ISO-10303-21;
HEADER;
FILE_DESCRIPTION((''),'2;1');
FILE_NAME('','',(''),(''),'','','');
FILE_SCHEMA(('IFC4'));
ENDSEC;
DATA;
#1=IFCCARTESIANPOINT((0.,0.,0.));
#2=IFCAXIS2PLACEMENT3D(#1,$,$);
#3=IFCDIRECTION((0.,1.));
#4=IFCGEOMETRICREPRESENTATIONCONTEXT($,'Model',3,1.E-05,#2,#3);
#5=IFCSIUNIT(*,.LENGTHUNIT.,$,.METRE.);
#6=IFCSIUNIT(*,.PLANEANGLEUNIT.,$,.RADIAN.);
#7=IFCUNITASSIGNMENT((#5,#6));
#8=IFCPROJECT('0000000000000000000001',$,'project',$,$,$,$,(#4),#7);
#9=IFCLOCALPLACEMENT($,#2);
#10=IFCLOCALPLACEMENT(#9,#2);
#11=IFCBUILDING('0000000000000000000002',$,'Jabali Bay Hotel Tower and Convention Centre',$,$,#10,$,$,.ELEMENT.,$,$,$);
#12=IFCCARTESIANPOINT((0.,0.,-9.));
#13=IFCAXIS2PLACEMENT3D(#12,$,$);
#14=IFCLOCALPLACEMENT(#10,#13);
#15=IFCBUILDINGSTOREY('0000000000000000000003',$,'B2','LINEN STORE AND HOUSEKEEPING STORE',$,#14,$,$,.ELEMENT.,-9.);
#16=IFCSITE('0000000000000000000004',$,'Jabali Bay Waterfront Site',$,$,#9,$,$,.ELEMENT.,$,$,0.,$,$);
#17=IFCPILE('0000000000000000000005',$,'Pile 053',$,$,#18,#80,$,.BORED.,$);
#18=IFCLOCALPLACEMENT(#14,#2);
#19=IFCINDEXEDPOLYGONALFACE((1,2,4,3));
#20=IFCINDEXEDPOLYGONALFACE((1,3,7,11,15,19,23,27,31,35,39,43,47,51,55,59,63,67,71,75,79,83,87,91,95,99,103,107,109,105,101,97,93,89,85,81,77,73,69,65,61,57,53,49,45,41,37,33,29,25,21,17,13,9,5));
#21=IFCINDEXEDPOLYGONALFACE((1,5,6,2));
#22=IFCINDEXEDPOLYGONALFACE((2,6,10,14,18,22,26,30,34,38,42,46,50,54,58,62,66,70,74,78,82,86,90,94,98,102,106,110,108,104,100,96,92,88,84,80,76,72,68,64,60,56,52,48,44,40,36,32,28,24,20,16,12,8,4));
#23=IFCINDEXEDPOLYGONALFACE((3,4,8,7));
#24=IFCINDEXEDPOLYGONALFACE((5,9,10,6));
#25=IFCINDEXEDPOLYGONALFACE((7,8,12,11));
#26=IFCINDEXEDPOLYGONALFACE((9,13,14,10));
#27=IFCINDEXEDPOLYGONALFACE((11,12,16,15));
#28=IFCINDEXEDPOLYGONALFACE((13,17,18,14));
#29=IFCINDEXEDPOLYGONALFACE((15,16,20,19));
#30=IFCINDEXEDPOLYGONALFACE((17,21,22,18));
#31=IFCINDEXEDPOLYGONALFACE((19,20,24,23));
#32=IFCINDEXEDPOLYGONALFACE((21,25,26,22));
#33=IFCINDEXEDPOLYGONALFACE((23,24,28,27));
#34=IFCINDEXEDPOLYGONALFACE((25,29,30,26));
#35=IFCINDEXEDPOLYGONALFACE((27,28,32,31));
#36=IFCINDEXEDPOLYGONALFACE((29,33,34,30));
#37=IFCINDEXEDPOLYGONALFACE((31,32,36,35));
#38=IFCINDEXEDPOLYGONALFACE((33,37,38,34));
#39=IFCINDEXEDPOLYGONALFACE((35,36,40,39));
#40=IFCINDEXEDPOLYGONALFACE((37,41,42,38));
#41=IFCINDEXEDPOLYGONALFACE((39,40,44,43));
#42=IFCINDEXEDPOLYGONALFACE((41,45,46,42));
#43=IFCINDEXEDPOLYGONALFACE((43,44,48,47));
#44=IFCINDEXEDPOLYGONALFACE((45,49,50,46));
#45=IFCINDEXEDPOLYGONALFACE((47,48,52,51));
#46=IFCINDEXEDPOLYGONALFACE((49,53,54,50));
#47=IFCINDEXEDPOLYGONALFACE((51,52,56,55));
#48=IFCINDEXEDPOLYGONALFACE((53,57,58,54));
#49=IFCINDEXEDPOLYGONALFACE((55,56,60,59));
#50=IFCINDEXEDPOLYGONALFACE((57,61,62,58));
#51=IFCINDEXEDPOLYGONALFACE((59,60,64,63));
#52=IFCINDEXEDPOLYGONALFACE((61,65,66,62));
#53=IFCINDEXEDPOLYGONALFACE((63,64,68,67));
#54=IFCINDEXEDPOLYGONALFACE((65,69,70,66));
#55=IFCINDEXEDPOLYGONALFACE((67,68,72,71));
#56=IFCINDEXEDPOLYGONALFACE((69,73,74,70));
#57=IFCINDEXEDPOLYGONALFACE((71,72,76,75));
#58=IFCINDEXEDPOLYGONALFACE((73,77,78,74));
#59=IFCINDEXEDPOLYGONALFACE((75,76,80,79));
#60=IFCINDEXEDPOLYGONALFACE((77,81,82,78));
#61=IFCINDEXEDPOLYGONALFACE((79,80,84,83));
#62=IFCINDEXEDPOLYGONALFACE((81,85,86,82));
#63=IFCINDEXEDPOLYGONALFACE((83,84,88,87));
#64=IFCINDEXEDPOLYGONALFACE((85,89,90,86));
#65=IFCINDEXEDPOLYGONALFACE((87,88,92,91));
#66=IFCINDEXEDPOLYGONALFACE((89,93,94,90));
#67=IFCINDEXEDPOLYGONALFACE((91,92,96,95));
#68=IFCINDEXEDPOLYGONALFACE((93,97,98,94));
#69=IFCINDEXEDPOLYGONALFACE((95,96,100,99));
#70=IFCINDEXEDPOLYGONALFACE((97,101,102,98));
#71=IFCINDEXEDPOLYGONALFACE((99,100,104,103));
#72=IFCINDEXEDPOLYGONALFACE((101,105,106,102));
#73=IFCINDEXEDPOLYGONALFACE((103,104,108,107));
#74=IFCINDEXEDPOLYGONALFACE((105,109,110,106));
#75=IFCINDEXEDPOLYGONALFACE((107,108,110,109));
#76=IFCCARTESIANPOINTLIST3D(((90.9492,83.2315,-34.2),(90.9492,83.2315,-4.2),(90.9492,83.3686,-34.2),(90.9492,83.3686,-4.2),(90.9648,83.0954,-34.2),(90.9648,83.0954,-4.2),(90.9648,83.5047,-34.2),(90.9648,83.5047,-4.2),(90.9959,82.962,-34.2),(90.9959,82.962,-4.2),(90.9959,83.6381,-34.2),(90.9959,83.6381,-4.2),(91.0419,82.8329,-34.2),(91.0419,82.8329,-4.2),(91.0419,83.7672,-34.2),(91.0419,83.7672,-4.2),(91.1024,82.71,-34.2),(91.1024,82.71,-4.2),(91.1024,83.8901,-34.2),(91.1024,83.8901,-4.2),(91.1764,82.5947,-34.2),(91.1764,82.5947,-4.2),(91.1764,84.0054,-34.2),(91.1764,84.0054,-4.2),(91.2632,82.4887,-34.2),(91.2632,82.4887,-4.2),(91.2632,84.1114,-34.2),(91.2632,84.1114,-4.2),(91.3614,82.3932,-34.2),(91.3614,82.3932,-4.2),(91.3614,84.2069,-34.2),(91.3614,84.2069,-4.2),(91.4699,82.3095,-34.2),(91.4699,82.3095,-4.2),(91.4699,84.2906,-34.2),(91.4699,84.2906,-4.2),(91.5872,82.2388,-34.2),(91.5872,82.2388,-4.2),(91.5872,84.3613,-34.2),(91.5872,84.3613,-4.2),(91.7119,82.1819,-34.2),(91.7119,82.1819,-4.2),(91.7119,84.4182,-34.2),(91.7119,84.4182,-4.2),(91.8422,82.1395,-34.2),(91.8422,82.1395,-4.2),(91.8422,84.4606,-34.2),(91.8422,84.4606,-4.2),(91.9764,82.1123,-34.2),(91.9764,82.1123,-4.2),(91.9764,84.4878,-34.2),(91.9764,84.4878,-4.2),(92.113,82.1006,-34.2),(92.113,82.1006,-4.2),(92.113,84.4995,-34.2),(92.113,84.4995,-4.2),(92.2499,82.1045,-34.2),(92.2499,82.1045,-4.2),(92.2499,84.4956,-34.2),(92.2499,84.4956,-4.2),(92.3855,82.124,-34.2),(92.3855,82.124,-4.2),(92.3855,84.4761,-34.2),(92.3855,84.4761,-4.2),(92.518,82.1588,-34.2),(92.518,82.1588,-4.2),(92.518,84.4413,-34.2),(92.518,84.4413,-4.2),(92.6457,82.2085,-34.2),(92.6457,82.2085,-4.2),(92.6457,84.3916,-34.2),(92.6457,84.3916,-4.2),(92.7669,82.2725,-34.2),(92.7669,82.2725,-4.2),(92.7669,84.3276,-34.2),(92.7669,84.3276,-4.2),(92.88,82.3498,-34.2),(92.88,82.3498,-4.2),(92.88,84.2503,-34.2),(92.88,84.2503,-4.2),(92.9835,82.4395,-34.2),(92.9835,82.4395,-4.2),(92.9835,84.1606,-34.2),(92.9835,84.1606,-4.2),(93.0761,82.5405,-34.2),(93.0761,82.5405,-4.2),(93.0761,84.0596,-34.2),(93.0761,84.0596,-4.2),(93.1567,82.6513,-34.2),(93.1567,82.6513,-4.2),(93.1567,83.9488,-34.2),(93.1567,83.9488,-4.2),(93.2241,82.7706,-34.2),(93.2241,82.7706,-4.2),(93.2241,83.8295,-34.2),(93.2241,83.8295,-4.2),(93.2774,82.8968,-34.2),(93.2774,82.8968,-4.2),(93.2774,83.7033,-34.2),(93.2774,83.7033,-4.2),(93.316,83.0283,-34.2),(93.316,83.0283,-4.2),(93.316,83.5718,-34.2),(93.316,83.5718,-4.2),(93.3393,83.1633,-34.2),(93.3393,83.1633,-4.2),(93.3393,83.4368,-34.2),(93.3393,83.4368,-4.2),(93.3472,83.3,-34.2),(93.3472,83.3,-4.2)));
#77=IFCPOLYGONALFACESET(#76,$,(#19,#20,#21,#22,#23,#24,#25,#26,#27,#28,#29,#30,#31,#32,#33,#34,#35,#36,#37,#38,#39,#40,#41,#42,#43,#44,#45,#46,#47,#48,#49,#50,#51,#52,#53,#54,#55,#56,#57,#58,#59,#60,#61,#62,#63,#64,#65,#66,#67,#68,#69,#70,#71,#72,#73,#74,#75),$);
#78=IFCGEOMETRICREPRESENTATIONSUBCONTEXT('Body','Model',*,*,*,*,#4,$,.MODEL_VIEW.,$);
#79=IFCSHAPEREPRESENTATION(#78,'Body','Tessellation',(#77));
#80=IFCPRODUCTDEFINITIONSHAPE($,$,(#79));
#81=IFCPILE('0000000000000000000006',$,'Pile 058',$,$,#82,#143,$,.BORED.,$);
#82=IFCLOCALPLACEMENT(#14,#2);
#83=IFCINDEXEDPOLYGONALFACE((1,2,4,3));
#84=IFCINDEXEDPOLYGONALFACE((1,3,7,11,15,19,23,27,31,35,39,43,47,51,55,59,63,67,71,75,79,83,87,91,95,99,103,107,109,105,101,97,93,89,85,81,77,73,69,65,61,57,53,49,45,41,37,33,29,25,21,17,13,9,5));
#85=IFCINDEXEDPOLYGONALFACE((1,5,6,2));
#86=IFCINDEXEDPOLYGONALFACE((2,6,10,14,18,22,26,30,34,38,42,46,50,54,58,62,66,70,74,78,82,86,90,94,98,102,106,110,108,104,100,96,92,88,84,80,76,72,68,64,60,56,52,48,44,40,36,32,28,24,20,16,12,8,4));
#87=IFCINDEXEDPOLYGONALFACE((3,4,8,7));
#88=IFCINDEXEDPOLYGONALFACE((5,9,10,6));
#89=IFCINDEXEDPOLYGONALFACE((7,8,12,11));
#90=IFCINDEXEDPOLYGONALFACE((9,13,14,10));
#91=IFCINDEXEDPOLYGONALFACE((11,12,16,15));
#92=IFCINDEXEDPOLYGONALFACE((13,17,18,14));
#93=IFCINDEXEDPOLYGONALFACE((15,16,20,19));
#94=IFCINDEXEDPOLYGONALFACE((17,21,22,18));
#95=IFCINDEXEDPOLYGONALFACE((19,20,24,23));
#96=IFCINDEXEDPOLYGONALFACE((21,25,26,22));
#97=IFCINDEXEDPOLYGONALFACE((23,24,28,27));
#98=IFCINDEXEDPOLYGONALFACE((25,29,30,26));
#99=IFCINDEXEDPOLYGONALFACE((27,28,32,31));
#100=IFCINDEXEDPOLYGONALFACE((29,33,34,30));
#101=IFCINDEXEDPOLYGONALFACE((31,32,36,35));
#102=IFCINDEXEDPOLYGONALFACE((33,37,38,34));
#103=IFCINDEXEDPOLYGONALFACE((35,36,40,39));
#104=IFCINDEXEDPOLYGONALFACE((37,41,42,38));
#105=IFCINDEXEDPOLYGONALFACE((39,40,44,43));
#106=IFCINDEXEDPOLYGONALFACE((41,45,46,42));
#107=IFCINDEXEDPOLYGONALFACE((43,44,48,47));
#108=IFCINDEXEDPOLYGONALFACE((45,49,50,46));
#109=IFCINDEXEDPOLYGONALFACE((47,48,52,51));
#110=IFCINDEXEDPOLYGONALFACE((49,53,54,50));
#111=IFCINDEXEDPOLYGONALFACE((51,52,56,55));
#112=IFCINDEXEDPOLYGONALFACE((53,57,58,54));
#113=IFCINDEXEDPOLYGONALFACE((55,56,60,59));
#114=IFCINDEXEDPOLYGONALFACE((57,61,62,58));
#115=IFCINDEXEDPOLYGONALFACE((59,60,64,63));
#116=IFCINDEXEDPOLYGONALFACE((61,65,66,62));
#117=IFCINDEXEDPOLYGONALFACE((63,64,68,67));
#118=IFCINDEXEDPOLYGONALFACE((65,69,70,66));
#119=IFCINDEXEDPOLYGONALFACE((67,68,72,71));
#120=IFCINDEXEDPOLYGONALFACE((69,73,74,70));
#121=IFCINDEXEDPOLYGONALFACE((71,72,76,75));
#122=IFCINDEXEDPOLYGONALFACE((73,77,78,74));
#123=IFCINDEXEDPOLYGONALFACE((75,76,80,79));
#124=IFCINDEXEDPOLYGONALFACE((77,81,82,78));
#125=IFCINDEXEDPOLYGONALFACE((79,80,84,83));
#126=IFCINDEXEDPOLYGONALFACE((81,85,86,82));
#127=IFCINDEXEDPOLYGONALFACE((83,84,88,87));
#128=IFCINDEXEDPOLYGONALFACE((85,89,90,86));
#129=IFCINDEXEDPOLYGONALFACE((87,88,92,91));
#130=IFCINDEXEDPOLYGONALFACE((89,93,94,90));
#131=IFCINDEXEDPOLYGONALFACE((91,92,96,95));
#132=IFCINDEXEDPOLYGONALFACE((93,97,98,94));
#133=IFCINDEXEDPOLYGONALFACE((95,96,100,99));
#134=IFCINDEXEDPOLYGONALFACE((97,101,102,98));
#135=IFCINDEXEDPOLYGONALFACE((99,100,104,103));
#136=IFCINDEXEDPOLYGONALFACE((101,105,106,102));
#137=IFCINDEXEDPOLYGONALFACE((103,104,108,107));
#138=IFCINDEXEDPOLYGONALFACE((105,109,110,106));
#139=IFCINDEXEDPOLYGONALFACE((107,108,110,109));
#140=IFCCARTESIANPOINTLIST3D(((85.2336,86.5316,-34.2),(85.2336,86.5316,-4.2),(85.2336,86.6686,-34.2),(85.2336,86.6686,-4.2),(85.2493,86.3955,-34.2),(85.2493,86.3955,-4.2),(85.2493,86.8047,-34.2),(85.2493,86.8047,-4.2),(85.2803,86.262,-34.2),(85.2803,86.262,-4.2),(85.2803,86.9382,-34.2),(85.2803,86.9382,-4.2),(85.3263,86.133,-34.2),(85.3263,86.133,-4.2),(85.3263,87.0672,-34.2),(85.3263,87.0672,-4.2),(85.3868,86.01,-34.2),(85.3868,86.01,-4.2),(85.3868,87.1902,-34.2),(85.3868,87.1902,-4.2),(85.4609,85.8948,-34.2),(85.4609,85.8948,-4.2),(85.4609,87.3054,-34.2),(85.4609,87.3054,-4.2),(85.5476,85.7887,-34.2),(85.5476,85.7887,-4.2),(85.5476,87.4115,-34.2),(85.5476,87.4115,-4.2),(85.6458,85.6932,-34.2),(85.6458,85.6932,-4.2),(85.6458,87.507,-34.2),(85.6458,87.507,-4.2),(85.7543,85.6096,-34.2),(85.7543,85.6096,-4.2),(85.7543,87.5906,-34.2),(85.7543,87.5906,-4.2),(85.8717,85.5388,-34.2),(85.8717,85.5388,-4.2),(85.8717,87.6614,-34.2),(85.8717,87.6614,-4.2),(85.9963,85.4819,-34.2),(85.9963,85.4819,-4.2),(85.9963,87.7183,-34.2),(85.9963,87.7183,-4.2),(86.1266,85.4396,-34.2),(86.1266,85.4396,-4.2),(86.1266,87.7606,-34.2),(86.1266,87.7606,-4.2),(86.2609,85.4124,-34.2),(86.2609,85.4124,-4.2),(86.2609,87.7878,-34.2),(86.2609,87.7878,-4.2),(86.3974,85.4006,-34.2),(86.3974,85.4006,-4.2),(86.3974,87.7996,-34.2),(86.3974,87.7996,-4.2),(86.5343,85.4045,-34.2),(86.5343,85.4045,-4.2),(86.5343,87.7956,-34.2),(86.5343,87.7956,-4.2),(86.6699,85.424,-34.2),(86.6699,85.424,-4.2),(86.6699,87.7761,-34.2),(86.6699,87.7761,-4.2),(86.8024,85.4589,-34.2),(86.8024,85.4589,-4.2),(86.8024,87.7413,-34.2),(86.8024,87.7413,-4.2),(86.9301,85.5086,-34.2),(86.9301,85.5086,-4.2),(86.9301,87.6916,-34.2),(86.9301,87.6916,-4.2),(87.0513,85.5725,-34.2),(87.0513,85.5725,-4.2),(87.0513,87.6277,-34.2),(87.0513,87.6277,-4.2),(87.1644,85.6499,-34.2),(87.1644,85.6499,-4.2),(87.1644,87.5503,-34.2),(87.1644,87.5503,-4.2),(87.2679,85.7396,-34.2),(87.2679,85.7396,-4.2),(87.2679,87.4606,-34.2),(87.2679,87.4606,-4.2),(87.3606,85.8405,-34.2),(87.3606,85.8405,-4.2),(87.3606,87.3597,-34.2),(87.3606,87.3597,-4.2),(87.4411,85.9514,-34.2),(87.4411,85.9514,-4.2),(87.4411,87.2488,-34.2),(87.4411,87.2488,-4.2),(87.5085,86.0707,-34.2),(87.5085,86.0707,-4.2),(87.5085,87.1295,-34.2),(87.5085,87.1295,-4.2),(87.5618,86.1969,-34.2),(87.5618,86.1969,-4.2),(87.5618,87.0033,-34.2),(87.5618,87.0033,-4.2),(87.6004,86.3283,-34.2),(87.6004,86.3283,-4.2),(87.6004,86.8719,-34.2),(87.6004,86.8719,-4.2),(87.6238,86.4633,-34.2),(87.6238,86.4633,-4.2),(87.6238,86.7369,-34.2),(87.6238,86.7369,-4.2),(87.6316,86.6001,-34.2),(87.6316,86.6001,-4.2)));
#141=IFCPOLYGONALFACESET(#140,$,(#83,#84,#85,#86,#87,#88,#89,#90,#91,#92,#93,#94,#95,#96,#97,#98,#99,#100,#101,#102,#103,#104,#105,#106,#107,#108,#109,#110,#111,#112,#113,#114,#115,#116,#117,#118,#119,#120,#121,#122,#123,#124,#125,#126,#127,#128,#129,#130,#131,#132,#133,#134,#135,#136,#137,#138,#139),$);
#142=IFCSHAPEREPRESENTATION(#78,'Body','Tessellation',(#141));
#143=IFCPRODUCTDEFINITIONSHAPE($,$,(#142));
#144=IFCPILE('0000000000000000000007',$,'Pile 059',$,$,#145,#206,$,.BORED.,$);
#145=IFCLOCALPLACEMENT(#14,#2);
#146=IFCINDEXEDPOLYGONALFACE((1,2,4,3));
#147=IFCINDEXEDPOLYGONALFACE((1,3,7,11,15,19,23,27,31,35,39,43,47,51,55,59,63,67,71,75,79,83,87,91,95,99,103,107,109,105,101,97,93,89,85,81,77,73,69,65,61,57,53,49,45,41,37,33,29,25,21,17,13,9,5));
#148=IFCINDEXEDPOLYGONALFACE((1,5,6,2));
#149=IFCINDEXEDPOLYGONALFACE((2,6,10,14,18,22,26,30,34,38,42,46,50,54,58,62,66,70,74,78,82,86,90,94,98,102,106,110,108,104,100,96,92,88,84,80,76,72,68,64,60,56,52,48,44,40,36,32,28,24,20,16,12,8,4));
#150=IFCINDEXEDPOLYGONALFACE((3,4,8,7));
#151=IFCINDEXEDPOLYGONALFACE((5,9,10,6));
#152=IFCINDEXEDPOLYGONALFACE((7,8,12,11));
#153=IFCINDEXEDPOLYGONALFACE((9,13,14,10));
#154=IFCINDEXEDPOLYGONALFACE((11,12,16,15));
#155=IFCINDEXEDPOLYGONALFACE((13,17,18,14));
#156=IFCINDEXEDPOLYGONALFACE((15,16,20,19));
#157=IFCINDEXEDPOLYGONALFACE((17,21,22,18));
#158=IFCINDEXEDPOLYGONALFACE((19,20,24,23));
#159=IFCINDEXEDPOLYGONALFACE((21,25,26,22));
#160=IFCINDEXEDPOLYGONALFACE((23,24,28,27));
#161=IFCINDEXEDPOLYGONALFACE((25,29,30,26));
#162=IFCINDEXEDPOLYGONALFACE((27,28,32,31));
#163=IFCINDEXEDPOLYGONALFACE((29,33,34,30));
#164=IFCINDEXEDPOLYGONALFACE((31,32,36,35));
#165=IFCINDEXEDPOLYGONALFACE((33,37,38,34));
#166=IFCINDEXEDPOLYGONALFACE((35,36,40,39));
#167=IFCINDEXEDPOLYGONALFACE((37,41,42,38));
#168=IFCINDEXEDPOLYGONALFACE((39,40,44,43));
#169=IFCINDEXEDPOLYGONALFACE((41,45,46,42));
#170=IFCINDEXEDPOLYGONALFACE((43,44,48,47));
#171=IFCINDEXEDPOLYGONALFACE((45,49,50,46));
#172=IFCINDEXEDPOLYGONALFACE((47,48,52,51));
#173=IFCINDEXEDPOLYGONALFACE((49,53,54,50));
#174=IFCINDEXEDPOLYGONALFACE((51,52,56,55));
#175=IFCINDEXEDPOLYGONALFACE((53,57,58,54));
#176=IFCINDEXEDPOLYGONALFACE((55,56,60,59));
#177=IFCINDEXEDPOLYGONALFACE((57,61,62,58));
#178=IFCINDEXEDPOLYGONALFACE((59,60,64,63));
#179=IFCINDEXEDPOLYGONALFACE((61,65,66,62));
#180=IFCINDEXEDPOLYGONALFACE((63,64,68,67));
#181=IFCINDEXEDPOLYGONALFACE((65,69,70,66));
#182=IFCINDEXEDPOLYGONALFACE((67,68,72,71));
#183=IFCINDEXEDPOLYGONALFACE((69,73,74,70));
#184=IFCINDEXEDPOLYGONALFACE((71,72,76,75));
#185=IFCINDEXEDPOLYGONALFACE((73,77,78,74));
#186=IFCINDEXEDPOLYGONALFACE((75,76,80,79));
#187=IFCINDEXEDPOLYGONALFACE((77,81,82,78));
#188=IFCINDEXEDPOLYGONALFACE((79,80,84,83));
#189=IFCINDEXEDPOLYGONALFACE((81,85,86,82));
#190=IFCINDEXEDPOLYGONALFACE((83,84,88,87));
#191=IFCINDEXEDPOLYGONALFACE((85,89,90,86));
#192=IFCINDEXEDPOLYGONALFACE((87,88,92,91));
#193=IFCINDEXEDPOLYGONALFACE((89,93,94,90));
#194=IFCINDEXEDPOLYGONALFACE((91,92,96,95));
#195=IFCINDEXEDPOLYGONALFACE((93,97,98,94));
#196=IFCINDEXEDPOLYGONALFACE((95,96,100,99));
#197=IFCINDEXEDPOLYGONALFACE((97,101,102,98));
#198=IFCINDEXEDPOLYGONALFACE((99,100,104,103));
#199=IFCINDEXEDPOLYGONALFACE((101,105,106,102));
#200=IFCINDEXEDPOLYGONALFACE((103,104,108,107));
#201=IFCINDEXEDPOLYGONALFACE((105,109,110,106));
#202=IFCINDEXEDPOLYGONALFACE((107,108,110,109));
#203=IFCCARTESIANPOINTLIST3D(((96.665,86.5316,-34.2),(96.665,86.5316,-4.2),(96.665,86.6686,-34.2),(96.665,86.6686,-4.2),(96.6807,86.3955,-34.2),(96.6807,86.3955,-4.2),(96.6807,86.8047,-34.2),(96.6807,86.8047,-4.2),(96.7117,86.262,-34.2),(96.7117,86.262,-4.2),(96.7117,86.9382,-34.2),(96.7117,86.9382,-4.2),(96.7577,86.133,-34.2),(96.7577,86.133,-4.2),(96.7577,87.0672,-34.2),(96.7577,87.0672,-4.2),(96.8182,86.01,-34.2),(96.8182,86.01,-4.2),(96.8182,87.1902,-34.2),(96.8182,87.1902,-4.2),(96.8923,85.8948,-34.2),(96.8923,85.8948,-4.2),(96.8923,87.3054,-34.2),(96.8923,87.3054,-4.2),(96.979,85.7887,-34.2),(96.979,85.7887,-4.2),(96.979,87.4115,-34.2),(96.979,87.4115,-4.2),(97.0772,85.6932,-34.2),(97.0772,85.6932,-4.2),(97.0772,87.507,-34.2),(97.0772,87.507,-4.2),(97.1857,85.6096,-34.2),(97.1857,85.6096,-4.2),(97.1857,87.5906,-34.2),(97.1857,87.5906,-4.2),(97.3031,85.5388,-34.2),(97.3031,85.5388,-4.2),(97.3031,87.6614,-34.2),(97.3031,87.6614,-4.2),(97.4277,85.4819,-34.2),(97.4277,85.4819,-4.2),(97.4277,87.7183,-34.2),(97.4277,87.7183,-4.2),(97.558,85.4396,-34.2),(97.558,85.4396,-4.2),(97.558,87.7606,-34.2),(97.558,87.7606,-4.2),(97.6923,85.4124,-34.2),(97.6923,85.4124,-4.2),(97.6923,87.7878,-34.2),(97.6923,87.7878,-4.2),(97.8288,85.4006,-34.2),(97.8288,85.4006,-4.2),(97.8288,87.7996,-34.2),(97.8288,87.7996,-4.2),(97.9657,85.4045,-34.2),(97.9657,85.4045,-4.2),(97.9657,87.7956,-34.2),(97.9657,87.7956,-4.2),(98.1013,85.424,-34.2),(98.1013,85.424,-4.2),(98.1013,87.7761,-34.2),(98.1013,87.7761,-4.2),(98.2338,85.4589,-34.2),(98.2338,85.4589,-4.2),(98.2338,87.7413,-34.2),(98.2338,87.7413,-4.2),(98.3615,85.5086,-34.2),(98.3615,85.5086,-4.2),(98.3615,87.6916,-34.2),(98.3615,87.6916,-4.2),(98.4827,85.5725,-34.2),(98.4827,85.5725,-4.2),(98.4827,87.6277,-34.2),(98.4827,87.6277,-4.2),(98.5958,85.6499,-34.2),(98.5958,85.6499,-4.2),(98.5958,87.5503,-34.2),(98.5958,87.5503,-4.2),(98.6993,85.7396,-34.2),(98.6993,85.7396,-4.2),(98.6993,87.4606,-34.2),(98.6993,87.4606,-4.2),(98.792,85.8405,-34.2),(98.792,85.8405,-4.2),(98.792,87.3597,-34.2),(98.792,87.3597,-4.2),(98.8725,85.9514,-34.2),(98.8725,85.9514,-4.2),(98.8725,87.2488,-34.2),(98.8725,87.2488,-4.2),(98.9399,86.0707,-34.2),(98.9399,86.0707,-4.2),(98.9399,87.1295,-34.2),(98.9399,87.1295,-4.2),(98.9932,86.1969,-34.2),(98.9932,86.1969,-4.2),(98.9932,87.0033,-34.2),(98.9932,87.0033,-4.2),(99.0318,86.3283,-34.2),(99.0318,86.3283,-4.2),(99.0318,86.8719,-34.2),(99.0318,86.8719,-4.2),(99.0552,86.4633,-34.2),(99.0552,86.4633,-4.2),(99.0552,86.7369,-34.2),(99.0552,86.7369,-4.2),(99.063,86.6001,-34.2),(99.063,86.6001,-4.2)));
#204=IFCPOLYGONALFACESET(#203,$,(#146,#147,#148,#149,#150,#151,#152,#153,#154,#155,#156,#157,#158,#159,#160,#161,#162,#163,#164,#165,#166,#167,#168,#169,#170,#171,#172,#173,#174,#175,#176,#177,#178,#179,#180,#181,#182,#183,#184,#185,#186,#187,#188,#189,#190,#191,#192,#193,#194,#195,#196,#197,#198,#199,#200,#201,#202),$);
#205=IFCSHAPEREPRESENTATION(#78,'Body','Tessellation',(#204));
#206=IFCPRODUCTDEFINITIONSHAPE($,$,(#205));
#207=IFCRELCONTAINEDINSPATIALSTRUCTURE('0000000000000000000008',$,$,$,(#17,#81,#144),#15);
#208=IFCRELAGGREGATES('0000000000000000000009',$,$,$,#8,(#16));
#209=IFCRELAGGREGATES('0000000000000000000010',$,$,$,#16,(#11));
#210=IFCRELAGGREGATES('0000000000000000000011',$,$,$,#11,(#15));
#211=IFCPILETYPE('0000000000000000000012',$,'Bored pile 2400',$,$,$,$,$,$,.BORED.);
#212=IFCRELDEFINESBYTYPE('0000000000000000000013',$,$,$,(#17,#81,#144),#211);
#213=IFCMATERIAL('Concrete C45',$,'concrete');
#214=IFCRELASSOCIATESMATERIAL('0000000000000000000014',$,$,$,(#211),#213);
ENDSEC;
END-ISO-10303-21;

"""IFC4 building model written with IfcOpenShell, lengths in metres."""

from ifc_helpers import new_model, si_unit, direction, frame, origin, origin_2d, place, context, subcontext, project, spatial, circle, extrude, material, material_profile, profile_set, type_object, element, save


model = new_model("IFC4")

# Units and contexts
model_context = context("Model", 3, precision=1e-05, world=origin(), true_north=direction((0.0, 1.0)))
body_context = subcontext(model_context, "Body", "Model", "MODEL_VIEW")
ifc_project = project(units=[si_unit("LENGTHUNIT", "METRE"), si_unit("PLANEANGLEUNIT", "RADIAN")], contexts=[model_context])

# Site, building, storey
site_placement = place(None, origin())
site = spatial("IfcSite", under=ifc_project, at=site_placement, Name="Jabali Bay Waterfront Site", CompositionType="ELEMENT", RefElevation=0.0)
building_placement = place(site_placement, origin())
building = spatial("IfcBuilding", under=site, at=building_placement, Name="Jabali Bay Hotel Tower and Convention Centre", CompositionType="ELEMENT")
storey_placement = place(building_placement, frame((0.0, 0.0, -9.0)))
storey = spatial("IfcBuildingStorey", under=building, at=storey_placement, Name="B2", Description="LINEN STORE AND HOUSEKEEPING STORE", CompositionType="ELEMENT", Elevation=-9.0)

# Piles
ifc_material_1 = material(Name="Concrete C45", Category="concrete")
ifc_material_profile_1 = material_profile(ifc_material_1, circle(Radius=1.2, at=origin_2d()), Name="Bored pile 2400")
ifc_profile_set_1 = profile_set([ifc_material_profile_1], Name="Concrete C45")
pile_type = type_object("IfcPileType", Name="Bored pile 2400", PredefinedType="BORED", material=ifc_profile_set_1)
for number, where, z_axis, x_axis, name in (
    (1, (92.1472, 83.3, -4.2), (0.0, 0.0, -1.0), (1.0, 0.0, 0.0), "Pile 053"),
    (2, (86.4316, 86.6001, -4.2), (0.0, 0.0, -1.0), (1.0, 0.0, 0.0), "Pile 058"),
    (3, (97.863, 86.6001, -4.2), (0.0, 0.0, -1.0), (1.0, 0.0, 0.0), "Pile 059"),
):
    element("IfcPile", number, at=place(storey_placement, frame(where, z_axis=z_axis, x_axis=x_axis)), inside=storey, type_object=pile_type, Name=name, PredefinedType="BORED", context=body_context, shape_type="SweptSolid", body=[
        extrude(circle(Radius=1.2, at=origin_2d()), origin(), (0.0, 0.0, 1.0), 30.0),
    ])

save(model, "model.ifc")
